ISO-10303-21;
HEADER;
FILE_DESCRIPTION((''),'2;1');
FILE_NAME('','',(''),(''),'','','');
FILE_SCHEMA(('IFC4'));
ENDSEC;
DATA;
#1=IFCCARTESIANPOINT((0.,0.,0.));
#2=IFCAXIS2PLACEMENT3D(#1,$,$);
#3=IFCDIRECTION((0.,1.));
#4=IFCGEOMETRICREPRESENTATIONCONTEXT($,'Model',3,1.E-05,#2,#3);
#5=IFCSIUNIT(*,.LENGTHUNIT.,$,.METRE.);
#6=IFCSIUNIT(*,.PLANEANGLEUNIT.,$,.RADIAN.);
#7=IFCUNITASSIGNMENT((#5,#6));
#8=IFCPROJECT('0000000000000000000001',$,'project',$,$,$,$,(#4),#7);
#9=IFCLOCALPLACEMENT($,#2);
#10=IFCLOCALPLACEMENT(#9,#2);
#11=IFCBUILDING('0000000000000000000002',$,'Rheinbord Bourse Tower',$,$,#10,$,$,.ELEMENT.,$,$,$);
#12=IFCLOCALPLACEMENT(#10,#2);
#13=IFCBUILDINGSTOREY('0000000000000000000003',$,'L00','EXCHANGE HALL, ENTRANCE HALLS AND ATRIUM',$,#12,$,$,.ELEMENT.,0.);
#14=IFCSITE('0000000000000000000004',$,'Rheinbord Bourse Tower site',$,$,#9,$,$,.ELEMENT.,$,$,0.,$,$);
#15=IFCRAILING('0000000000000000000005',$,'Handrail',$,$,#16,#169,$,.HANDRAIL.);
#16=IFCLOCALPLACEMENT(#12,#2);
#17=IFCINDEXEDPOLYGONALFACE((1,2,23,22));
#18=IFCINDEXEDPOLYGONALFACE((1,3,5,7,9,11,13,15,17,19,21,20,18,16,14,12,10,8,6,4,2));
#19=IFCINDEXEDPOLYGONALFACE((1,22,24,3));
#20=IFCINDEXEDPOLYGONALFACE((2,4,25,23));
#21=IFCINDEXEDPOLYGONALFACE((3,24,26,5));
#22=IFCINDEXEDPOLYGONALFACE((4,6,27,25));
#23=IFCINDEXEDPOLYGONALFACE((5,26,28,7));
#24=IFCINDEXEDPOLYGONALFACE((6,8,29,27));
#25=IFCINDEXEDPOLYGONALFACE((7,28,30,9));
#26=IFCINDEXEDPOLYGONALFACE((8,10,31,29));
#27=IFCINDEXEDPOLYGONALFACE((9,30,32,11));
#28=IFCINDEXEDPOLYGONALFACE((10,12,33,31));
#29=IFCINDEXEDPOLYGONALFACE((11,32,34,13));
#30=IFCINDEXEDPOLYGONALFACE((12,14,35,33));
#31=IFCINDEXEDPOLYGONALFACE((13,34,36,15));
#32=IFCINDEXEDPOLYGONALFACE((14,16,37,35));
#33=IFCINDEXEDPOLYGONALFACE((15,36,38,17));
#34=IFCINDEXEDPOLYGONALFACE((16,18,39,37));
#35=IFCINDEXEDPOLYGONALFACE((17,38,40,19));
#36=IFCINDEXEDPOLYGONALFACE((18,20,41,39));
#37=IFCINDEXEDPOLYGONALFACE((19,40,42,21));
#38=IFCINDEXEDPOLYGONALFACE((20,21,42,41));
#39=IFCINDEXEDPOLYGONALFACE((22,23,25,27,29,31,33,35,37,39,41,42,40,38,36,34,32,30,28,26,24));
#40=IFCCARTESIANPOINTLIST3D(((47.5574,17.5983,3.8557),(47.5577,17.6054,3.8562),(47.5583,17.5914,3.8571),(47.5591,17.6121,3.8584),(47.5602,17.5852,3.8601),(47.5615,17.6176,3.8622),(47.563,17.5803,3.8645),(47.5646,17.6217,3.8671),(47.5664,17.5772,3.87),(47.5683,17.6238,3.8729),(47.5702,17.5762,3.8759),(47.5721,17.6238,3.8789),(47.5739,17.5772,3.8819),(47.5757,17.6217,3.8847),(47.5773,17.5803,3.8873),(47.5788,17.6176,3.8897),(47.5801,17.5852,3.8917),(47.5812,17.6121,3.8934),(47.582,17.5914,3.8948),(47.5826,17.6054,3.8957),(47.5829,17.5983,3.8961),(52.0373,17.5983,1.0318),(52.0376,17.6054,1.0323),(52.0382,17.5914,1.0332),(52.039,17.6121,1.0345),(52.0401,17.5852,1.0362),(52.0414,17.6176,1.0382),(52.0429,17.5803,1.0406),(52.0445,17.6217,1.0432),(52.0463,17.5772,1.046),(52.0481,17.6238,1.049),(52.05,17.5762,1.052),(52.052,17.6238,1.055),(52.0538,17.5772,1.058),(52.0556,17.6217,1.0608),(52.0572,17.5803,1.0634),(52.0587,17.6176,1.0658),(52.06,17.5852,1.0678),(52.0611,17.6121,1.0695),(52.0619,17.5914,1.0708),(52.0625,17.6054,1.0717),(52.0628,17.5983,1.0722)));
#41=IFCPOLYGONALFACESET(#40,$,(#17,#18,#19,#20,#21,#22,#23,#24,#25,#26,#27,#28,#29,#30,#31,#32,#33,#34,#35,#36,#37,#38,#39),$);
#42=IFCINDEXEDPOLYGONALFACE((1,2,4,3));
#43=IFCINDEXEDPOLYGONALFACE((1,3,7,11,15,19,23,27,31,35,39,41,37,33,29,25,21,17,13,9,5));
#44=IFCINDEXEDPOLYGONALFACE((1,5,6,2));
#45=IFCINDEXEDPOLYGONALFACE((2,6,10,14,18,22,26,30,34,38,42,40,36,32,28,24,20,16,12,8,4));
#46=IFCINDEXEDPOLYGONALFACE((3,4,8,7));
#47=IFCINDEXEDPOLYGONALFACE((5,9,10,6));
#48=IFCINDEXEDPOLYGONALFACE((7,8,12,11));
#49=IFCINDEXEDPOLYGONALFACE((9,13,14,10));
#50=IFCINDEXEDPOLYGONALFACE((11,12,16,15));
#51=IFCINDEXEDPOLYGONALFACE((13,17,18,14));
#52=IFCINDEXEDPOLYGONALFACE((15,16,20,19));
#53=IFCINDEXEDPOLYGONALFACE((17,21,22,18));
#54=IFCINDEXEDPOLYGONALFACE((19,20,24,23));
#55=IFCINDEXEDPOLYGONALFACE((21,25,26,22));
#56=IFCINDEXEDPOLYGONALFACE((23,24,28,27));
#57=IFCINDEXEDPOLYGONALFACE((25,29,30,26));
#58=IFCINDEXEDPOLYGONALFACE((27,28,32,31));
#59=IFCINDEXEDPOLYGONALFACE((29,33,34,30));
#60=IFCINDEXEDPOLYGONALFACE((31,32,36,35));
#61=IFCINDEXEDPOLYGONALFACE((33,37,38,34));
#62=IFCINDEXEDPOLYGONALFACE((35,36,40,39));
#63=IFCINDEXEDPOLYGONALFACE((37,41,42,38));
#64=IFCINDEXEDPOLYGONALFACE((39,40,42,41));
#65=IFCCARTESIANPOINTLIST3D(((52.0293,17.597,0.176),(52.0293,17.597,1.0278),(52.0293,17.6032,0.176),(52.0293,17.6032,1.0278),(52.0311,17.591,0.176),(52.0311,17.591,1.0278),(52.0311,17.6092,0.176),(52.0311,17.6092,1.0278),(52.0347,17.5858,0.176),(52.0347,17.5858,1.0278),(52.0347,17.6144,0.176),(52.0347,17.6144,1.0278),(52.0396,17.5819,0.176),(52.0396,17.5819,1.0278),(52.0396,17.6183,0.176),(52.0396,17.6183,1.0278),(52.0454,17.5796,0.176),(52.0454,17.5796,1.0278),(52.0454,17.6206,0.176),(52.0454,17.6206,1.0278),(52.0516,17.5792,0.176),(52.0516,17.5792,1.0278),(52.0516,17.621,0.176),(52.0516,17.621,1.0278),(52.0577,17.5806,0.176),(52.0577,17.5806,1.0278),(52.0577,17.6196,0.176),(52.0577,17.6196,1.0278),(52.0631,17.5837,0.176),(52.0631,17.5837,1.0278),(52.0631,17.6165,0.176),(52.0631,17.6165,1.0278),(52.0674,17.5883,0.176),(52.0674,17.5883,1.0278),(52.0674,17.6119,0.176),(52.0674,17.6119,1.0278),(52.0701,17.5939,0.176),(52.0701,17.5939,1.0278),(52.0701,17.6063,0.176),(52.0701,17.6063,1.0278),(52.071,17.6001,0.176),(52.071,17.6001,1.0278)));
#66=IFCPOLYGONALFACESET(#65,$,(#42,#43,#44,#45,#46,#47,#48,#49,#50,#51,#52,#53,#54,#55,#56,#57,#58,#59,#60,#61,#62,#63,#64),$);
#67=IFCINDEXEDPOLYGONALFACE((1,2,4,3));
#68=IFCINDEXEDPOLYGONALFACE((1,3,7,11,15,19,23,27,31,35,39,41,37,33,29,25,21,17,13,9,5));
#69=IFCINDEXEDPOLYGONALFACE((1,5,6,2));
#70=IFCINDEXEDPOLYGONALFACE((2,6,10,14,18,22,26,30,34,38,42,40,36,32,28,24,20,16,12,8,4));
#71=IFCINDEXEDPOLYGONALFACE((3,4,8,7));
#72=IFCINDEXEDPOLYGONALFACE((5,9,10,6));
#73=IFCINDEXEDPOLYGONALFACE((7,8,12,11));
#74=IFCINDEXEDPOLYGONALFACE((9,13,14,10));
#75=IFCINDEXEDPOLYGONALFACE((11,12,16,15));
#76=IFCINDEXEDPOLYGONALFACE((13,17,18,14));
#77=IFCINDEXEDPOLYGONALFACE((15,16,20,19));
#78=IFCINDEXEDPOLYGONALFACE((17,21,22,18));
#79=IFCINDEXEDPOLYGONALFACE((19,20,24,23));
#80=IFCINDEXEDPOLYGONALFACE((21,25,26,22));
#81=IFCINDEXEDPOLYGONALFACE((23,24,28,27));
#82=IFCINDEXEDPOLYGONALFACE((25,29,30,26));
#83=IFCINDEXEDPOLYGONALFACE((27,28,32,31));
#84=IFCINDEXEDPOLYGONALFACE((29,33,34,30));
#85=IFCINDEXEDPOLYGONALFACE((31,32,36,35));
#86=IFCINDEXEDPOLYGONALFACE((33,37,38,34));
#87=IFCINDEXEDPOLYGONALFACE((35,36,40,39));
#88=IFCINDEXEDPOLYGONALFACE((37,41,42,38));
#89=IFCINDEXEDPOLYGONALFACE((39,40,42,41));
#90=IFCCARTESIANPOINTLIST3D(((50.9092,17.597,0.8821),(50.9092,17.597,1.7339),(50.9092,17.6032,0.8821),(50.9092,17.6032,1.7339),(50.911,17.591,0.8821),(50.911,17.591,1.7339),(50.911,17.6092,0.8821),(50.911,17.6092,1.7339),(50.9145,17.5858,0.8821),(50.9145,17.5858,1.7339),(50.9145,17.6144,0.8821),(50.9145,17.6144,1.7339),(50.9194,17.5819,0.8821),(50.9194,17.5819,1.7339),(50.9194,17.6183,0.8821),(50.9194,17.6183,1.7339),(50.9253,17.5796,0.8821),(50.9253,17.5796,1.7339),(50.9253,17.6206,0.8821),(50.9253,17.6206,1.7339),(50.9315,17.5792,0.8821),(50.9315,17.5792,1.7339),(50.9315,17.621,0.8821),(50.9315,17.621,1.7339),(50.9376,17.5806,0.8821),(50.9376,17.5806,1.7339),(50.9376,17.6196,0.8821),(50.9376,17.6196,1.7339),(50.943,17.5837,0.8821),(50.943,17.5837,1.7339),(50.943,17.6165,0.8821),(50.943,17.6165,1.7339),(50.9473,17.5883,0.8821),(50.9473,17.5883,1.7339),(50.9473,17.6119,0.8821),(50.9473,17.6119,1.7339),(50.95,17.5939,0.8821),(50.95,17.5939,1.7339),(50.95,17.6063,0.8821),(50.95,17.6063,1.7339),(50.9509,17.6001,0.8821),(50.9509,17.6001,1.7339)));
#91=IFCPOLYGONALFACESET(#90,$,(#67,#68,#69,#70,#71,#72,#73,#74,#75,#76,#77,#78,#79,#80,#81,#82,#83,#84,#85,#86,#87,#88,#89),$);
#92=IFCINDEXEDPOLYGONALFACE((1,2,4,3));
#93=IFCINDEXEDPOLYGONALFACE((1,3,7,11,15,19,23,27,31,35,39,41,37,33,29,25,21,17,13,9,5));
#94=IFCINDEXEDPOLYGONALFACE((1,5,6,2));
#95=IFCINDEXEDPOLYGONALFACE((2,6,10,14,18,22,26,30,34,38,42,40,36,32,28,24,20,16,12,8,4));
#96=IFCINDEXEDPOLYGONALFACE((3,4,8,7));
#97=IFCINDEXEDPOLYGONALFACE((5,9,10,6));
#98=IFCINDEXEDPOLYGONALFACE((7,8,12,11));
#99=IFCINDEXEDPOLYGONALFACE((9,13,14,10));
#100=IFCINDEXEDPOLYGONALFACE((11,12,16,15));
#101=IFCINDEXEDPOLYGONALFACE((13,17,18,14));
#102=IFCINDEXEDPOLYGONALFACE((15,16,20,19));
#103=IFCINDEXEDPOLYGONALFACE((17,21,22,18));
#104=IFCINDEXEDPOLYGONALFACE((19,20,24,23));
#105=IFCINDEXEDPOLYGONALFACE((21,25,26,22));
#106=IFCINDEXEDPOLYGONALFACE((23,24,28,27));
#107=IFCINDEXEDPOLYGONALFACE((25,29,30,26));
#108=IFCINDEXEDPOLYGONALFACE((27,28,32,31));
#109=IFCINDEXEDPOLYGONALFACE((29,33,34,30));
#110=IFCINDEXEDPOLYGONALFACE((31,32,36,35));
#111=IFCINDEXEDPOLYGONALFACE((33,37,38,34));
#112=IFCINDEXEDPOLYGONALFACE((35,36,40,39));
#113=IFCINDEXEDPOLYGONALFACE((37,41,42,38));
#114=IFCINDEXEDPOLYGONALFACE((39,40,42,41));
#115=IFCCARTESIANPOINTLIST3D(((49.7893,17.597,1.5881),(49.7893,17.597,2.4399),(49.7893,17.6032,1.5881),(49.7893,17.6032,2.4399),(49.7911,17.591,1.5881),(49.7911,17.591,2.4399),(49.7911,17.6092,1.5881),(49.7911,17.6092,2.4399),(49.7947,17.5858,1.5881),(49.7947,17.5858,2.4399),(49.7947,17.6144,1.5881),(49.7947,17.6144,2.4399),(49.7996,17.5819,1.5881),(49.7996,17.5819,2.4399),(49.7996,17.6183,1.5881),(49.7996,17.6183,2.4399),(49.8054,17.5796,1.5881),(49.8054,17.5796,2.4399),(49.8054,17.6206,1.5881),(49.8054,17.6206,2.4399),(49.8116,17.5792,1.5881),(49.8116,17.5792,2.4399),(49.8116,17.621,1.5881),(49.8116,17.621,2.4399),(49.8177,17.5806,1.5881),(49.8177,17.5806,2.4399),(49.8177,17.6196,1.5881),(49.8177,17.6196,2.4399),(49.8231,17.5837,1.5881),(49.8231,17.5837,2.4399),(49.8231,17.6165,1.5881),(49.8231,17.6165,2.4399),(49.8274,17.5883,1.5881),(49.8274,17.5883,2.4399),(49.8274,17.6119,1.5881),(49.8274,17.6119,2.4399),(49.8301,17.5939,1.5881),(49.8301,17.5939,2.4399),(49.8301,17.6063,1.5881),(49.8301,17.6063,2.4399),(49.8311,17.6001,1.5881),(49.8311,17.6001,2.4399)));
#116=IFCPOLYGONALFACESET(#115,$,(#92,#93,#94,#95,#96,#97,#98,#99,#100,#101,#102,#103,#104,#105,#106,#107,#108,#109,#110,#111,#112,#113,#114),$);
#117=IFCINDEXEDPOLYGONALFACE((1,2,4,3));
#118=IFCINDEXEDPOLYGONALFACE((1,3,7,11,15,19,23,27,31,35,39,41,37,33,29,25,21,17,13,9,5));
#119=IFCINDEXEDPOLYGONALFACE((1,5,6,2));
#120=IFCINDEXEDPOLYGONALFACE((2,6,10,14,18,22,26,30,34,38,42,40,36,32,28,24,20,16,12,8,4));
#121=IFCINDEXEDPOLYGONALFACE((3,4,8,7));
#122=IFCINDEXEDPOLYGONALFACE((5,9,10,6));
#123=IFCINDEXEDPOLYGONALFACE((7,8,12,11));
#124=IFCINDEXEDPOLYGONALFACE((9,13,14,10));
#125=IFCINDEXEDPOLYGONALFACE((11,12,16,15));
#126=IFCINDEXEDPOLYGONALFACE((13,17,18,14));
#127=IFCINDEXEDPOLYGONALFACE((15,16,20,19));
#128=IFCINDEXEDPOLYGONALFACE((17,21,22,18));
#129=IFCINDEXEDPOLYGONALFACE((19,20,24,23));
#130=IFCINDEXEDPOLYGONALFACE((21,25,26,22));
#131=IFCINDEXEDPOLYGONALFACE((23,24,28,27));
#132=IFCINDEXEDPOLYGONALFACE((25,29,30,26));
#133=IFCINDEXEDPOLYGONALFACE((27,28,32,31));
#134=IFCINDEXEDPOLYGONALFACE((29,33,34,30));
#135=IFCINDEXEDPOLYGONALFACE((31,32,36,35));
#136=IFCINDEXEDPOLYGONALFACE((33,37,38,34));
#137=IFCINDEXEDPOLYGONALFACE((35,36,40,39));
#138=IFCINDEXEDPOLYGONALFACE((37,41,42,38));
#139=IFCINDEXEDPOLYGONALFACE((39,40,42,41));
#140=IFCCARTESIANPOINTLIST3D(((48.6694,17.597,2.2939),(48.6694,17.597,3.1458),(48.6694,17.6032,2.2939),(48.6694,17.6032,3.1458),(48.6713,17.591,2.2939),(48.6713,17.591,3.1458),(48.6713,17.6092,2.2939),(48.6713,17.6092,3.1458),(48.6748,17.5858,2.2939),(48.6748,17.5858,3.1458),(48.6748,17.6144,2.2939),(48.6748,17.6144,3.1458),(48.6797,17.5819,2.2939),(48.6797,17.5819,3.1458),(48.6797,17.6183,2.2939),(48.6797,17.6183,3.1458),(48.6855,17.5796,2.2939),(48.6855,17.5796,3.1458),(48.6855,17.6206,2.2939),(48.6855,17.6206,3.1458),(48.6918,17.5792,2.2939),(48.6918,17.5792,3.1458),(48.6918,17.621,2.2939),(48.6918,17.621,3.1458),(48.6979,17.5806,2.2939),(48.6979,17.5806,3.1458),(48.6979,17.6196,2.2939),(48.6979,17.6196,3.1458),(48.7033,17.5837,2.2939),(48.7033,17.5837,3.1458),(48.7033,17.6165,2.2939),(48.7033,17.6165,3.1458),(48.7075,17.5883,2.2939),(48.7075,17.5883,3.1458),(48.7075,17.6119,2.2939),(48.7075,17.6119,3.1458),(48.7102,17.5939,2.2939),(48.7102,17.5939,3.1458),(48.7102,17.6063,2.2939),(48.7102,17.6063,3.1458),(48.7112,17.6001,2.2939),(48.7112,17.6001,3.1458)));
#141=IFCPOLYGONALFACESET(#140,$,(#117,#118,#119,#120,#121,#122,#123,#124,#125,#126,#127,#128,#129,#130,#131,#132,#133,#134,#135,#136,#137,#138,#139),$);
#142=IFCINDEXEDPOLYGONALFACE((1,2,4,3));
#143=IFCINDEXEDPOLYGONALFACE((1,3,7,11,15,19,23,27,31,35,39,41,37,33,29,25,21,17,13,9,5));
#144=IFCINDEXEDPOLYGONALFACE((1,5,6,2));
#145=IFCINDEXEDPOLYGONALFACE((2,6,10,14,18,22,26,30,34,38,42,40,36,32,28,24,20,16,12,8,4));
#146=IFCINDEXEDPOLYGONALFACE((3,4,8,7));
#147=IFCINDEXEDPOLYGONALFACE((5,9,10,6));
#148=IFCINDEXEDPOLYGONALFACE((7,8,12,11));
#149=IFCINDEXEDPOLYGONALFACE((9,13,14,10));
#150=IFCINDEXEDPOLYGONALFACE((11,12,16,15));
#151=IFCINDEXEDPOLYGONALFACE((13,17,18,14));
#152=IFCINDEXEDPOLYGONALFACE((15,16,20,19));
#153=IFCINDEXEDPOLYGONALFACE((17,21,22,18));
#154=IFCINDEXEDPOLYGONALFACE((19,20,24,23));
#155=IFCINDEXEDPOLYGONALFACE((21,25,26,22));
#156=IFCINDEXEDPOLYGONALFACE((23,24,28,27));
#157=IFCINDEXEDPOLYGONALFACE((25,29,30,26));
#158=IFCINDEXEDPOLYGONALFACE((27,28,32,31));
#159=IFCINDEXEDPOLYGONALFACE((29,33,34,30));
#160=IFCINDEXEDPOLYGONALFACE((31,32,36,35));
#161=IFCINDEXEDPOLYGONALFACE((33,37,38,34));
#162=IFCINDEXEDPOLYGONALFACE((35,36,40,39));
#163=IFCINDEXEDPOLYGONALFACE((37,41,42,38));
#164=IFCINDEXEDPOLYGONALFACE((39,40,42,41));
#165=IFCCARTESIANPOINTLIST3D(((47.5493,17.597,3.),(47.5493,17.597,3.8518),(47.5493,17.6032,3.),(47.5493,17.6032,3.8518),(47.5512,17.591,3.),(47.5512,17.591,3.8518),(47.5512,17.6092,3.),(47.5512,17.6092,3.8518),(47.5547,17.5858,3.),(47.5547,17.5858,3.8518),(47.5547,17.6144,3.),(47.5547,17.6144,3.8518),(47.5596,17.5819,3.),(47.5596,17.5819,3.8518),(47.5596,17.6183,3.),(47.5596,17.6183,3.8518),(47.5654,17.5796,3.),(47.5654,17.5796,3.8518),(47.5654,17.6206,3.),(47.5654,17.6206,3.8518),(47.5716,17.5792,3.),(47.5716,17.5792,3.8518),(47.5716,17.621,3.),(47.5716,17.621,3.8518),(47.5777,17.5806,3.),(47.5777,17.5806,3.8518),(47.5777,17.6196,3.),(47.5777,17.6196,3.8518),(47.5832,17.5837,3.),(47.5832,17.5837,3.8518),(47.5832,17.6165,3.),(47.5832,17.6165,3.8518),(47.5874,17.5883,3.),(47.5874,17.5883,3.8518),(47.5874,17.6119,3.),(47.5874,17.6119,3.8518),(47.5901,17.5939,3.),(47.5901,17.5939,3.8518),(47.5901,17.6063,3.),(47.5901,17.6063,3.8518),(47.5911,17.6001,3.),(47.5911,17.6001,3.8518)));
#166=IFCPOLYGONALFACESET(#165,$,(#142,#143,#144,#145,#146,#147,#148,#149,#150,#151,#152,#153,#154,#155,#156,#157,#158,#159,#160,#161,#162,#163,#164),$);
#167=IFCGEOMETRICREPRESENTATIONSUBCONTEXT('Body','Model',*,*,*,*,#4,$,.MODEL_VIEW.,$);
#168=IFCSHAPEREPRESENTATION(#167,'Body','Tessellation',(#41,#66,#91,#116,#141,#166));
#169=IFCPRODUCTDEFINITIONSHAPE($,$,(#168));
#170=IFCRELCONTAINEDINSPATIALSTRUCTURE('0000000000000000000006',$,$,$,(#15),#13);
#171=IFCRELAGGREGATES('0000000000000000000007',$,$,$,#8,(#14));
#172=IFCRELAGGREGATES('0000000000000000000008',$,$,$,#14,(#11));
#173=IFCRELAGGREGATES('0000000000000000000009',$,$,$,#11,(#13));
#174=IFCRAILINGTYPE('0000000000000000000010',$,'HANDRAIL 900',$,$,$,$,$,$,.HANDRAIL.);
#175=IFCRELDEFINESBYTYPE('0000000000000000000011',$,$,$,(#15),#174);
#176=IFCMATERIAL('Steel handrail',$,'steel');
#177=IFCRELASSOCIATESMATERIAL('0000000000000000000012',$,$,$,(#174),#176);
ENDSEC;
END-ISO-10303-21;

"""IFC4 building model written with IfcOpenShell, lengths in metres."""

from ifc_helpers import new_model, si_unit, direction, frame, origin, origin_2d, place, context, subcontext, project, spatial, circle, extrude, material, type_object, element, save


model = new_model("IFC4")

# Units and contexts
model_context = context("Model", 3, precision=1e-05, world=origin(), true_north=direction((0.0, 1.0)))
body_context = subcontext(model_context, "Body", "Model", "MODEL_VIEW")
ifc_project = project(units=[si_unit("LENGTHUNIT", "METRE"), si_unit("PLANEANGLEUNIT", "RADIAN")], contexts=[model_context])

# Site, building, storey
site_placement = place(None, origin())
site = spatial("IfcSite", under=ifc_project, at=site_placement, Name="Rheinbord Bourse Tower site", CompositionType="ELEMENT", RefElevation=0.0)
building_placement = place(site_placement, origin())
building = spatial("IfcBuilding", under=site, at=building_placement, Name="Rheinbord Bourse Tower", CompositionType="ELEMENT")
storey_placement = place(building_placement, origin())
storey = spatial("IfcBuildingStorey", under=building, at=storey_placement, Name="L00", Description="EXCHANGE HALL, ENTRANCE HALLS AND ATRIUM", CompositionType="ELEMENT", Elevation=0.0)

# Railing
ifc_material_1 = material(Name="Steel handrail", Category="steel")
railing_type = type_object("IfcRailingType", Name="HANDRAIL 900", PredefinedType="HANDRAIL", material=ifc_material_1)
railing_placement = place(storey_placement, frame((52.05, 17.6001, 0.176)))
element("IfcRailing", 1, at=railing_placement, inside=storey, type_object=railing_type, Name="Handrail", PredefinedType="HANDRAIL", context=body_context, shape_type="SweptSolid", body=[
    extrude(circle(Radius=0.0239, at=origin_2d()), frame((0.0, 0.0, 0.876), z_axis=(-0.845956, 0.0, 0.533252), x_axis=(0.0, -1.0, 0.0)), (0.0, 0.0, 1.0), 5.2957),
    extrude(circle(Radius=0.021, at=origin_2d()), origin(), (0.0, 0.0, 1.0), 0.8518),
    extrude(circle(Radius=0.021, at=origin_2d()), frame((-1.1201, 0.0, 0.7061)), (0.0, 0.0, 1.0), 0.8518),
    extrude(circle(Radius=0.021, at=origin_2d()), frame((-2.24, 0.0, 1.4121)), (0.0, 0.0, 1.0), 0.8518),
    extrude(circle(Radius=0.021, at=origin_2d()), frame((-3.3599, 0.0, 2.1179)), (0.0, 0.0, 1.0), 0.8518),
    extrude(circle(Radius=0.021, at=origin_2d()), frame((-4.48, 0.0, 2.824)), (0.0, 0.0, 1.0), 0.8518),
])

save(model, "model.ifc")
